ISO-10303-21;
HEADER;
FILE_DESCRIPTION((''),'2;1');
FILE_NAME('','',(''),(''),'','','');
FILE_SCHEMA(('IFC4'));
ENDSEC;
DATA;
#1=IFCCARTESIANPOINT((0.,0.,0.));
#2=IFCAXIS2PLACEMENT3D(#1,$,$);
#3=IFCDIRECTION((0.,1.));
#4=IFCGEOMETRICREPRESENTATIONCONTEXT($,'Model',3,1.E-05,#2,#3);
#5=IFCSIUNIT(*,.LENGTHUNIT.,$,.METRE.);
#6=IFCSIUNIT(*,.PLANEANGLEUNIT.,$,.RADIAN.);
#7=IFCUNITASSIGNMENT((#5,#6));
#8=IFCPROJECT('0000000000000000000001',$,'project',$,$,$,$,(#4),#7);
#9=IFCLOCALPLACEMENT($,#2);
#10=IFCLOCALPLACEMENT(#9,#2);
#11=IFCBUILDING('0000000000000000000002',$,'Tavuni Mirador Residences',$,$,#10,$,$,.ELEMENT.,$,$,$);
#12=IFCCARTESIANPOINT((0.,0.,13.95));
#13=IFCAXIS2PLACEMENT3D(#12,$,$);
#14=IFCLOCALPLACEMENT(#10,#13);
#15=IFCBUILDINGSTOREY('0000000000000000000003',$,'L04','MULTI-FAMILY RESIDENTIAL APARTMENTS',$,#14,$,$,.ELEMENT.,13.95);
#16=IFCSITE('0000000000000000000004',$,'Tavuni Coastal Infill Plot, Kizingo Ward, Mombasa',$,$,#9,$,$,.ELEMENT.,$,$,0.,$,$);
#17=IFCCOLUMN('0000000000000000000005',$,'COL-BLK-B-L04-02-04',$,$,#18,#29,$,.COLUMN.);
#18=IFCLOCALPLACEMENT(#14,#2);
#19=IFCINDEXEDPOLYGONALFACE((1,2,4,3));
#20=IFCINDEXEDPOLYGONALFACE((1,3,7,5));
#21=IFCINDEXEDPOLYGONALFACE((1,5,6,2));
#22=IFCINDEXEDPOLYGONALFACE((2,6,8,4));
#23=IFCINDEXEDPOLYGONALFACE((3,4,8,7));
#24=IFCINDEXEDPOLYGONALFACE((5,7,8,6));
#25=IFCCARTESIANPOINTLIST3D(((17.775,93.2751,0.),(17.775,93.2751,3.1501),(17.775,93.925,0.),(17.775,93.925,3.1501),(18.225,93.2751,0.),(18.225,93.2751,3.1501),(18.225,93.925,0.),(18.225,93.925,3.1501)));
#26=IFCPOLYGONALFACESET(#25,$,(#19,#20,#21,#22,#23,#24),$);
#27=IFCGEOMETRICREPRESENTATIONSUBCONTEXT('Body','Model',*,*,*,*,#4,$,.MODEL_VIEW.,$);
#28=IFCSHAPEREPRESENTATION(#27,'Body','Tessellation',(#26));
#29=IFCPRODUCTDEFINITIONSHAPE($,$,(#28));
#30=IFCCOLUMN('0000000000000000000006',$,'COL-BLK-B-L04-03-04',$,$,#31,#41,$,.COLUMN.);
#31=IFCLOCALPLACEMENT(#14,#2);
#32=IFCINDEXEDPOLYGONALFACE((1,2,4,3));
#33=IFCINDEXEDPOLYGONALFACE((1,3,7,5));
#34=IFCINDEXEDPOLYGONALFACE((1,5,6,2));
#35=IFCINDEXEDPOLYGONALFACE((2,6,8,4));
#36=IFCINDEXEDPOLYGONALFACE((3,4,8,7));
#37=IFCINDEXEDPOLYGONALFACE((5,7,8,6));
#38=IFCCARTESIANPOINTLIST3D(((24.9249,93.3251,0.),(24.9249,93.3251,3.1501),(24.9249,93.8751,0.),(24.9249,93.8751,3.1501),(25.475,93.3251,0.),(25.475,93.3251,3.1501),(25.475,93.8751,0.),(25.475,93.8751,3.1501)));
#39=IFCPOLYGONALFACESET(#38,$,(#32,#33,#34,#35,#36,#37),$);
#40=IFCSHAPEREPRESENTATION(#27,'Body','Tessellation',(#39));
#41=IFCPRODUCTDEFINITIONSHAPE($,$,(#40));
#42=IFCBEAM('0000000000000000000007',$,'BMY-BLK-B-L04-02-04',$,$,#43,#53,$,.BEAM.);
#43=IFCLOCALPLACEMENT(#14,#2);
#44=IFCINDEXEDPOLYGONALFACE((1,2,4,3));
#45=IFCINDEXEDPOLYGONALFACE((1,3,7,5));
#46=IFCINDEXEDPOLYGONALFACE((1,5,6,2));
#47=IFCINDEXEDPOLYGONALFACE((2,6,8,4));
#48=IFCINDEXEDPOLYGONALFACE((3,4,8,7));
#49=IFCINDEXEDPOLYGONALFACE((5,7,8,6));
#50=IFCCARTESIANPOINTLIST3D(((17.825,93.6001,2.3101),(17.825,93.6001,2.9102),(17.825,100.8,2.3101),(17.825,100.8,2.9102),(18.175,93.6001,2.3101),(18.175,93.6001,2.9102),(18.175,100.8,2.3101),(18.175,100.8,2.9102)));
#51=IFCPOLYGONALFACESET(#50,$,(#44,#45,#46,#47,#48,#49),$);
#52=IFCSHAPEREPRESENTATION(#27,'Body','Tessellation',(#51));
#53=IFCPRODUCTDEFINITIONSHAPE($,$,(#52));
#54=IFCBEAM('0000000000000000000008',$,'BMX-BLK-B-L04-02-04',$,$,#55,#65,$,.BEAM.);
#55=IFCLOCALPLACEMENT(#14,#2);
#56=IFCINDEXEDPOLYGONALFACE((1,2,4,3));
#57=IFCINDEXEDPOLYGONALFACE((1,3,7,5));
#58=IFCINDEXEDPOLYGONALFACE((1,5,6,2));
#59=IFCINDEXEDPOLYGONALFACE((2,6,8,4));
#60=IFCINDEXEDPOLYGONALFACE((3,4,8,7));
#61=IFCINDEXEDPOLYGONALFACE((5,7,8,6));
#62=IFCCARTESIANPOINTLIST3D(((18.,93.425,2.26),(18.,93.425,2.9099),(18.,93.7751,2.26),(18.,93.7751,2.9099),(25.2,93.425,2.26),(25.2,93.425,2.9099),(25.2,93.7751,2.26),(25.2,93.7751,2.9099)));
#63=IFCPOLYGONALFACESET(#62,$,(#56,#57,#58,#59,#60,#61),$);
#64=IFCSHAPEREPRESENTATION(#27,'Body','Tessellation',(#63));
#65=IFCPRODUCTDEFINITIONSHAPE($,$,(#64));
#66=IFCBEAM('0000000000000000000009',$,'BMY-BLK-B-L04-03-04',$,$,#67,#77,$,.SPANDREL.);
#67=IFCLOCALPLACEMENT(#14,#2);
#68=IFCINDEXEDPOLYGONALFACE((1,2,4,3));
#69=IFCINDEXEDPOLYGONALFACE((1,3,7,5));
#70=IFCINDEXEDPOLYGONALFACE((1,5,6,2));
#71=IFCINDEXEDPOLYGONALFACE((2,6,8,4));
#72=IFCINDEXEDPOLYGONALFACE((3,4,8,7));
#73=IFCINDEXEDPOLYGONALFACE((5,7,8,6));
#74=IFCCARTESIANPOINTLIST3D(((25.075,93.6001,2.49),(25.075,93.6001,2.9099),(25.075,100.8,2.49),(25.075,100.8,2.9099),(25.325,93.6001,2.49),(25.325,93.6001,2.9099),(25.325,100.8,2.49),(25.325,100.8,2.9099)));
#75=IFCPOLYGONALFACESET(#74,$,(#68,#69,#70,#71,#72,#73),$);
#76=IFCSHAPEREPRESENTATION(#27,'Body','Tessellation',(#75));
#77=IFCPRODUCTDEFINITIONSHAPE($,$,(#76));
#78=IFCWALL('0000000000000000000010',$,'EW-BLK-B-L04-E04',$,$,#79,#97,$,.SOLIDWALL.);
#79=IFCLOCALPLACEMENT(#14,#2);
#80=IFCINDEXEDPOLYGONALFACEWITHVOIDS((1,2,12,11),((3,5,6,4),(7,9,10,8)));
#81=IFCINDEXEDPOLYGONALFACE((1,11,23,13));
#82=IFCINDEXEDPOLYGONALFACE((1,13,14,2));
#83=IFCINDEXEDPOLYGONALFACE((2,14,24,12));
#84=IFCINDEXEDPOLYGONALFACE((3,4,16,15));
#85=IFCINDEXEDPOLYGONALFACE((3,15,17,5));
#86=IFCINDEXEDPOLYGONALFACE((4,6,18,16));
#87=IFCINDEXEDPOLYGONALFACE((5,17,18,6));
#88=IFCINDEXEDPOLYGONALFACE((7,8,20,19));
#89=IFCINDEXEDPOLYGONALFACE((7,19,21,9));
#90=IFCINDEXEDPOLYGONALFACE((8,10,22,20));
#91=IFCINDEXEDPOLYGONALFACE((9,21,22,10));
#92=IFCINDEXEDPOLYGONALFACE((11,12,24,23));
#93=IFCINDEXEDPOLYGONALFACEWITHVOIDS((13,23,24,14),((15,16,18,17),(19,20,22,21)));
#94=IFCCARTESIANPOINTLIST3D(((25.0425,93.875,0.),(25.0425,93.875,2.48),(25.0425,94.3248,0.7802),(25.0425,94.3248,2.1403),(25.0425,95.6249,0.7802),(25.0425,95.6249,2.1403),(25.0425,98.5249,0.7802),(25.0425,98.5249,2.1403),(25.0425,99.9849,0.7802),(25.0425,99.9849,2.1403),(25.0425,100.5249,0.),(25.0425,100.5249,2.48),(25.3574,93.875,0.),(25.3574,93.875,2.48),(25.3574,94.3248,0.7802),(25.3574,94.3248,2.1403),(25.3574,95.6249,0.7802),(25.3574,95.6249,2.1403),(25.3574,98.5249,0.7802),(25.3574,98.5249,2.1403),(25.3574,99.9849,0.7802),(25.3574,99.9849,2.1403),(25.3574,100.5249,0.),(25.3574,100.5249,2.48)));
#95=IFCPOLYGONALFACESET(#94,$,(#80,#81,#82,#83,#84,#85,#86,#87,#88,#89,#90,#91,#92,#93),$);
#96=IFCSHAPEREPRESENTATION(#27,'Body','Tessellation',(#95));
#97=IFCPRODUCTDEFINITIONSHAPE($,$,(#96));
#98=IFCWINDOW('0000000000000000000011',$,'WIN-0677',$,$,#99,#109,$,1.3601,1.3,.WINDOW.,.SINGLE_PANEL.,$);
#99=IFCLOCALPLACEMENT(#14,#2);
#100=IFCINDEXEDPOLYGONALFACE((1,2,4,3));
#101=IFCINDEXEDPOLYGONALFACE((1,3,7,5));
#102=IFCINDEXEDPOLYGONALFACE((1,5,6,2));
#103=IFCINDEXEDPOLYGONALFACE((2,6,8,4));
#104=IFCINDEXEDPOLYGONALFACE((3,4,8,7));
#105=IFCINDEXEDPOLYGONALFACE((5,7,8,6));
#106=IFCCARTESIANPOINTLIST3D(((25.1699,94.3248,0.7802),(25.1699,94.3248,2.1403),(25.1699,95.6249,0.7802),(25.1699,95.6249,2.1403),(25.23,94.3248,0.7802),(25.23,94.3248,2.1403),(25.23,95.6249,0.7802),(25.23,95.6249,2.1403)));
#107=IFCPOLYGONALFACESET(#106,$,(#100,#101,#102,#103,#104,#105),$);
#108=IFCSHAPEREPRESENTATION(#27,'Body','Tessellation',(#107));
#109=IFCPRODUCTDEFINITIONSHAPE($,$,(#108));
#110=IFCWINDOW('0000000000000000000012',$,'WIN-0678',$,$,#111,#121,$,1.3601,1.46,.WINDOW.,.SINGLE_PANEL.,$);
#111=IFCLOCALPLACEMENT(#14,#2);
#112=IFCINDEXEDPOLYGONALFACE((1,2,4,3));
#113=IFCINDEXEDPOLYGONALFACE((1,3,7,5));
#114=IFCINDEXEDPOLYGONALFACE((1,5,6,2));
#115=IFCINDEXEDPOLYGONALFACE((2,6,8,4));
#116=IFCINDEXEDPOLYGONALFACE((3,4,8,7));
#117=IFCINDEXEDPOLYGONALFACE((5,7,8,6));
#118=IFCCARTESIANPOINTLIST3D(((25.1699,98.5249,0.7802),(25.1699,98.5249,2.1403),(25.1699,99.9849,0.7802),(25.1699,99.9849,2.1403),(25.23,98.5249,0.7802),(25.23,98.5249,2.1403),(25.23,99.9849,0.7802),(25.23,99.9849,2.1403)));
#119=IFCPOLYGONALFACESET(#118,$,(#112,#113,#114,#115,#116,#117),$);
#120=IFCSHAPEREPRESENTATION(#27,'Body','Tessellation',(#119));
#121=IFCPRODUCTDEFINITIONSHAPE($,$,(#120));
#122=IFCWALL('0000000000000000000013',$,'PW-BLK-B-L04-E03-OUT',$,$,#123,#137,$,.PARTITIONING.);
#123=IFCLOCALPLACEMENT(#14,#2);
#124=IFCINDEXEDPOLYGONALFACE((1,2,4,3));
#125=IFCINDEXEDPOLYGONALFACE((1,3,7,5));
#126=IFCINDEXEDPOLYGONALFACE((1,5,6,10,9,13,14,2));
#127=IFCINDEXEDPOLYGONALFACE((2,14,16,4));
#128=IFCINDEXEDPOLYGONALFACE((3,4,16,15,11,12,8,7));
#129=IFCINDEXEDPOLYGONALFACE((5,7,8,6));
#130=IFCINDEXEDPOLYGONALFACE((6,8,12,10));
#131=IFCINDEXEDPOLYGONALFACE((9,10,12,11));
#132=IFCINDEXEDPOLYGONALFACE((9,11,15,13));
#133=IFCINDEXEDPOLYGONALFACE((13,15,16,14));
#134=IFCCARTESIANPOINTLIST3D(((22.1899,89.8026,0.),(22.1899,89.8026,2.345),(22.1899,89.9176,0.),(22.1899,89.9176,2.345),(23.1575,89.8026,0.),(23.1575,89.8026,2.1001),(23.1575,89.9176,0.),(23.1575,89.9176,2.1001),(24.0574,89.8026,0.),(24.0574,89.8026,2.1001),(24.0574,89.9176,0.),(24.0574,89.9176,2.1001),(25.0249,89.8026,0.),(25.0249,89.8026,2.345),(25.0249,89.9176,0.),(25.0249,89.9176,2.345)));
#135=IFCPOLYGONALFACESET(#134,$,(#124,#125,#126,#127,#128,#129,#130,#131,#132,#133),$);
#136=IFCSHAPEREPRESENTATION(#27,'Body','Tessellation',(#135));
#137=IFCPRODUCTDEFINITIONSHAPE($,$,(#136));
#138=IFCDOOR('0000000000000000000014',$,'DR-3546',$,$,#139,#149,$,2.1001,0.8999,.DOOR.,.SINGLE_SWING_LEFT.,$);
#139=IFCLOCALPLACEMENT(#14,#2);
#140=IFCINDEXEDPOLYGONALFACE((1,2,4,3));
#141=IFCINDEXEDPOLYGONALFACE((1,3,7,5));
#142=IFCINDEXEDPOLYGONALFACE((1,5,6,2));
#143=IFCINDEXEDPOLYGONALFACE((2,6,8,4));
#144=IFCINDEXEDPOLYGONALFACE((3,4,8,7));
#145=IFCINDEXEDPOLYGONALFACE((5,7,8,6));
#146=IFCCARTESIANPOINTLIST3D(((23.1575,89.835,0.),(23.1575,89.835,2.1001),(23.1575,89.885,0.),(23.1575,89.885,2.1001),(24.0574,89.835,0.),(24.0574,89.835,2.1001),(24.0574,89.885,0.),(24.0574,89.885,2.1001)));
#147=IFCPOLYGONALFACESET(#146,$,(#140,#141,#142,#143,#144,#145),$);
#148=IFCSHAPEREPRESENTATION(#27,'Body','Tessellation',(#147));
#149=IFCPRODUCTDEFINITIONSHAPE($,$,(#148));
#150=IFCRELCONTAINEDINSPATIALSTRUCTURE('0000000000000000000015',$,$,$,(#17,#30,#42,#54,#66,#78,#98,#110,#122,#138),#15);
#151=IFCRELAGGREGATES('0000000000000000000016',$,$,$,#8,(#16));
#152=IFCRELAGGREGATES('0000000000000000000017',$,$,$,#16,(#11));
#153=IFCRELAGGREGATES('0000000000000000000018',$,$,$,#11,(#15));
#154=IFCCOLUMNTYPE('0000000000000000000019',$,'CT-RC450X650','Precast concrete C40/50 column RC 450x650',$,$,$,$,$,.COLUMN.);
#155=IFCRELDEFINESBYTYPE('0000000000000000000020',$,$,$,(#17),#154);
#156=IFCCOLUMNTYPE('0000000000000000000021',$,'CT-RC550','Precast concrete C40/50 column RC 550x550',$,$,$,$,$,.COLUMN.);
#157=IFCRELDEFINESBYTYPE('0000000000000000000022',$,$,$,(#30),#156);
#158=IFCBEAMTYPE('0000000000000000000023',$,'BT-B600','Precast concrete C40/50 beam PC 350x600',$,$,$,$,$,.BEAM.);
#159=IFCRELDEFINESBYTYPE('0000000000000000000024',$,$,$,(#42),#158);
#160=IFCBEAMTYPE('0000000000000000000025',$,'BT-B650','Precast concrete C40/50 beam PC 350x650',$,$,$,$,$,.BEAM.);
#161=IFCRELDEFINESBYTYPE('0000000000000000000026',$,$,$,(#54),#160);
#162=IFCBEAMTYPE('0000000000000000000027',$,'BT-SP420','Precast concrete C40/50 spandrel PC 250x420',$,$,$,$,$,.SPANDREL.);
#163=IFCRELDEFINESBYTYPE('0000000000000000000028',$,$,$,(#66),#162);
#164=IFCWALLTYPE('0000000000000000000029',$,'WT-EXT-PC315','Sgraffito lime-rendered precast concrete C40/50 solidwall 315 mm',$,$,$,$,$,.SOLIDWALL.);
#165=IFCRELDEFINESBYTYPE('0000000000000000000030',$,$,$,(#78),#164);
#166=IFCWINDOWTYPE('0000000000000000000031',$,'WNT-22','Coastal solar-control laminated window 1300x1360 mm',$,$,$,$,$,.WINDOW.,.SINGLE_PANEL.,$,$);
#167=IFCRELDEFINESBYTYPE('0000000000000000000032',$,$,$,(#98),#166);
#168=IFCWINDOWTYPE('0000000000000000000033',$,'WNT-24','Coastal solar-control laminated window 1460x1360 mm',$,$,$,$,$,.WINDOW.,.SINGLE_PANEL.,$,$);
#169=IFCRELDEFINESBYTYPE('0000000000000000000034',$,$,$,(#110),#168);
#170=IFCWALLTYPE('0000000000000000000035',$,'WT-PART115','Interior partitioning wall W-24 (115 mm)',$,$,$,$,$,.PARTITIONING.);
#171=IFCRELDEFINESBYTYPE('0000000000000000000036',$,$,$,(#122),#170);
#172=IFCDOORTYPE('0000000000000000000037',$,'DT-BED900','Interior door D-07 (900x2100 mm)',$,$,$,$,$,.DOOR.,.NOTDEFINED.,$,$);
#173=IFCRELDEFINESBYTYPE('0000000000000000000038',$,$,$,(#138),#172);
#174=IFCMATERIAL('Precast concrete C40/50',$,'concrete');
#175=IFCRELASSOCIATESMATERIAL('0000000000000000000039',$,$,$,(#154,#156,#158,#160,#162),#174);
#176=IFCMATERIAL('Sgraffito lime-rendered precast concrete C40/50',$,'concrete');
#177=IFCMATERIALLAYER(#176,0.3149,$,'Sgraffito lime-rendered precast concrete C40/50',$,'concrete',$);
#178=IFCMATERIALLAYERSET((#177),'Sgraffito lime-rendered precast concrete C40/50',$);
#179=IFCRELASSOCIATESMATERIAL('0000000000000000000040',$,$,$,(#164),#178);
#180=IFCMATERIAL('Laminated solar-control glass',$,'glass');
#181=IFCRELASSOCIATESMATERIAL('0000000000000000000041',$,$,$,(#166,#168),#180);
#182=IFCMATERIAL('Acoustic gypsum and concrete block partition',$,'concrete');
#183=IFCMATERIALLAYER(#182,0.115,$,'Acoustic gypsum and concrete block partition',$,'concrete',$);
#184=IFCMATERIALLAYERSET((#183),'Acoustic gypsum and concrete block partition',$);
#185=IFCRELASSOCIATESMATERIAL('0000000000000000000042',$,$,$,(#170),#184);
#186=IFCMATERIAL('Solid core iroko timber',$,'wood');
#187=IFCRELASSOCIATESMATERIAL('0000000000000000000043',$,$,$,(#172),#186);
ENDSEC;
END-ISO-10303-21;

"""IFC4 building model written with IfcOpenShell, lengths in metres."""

from ifc_helpers import new_model, si_unit, direction, frame, frame_2d, origin, origin_2d, place, context, subcontext, project, spatial, rectangle, extrude, material, layer, layer_set, material_profile, profile_set, type_object, element, fill, save


model = new_model("IFC4")

# Units and contexts
model_context = context("Model", 3, precision=1e-05, world=origin(), true_north=direction((0.0, 1.0)))
body_context = subcontext(model_context, "Body", "Model", "MODEL_VIEW")
ifc_project = project(units=[si_unit("LENGTHUNIT", "METRE"), si_unit("PLANEANGLEUNIT", "RADIAN")], contexts=[model_context])

# Site, building, storey
site_placement = place(None, origin())
site = spatial("IfcSite", under=ifc_project, at=site_placement, Name="Tavuni Coastal Infill Plot, Kizingo Ward, Mombasa", CompositionType="ELEMENT", RefElevation=0.0)
building_placement = place(site_placement, origin())
building = spatial("IfcBuilding", under=site, at=building_placement, Name="Tavuni Mirador Residences", CompositionType="ELEMENT")
storey_placement = place(building_placement, frame((0.0, 0.0, 13.95)))
storey = spatial("IfcBuildingStorey", under=building, at=storey_placement, Name="L04", Description="MULTI-FAMILY RESIDENTIAL APARTMENTS", CompositionType="ELEMENT", Elevation=13.95)

# Columns
ifc_material_1 = material(Name="Precast concrete C40/50", Category="concrete")
ifc_material_profile_1 = material_profile(ifc_material_1, rectangle(XDim=0.45, YDim=0.6499, at=origin_2d()), Name="RC 450x650", Category="concrete")
ifc_profile_set_1 = profile_set([ifc_material_profile_1], Name="Precast concrete C40/50")
column_type_1 = type_object("IfcColumnType", Name="CT-RC450X650", Description="Precast concrete C40/50 column RC 450x650", PredefinedType="COLUMN", material=ifc_profile_set_1)
column_1_placement = place(storey_placement, frame((18.0, 93.6001, 0.0), z_axis=(0.0, 0.0, 1.0), x_axis=(1.0, 0.0, 0.0)))
element("IfcColumn", 1, at=column_1_placement, inside=storey, type_object=column_type_1, Name="COL-BLK-B-L04-02-04", PredefinedType="COLUMN", context=body_context, shape_type="SweptSolid", body=[
    extrude(rectangle(XDim=0.45, YDim=0.6499, at=origin_2d()), origin(), (0.0, 0.0, 1.0), 3.1501),
])
ifc_material_profile_2 = material_profile(ifc_material_1, rectangle(XDim=0.55, YDim=0.55, at=origin_2d()), Name="RC 550x550", Category="concrete")
ifc_profile_set_2 = profile_set([ifc_material_profile_2], Name="Precast concrete C40/50")
column_type_2 = type_object("IfcColumnType", Name="CT-RC550", Description="Precast concrete C40/50 column RC 550x550", PredefinedType="COLUMN", material=ifc_profile_set_2)
column_2_placement = place(storey_placement, frame((25.2, 93.6001, 0.0), z_axis=(0.0, 0.0, 1.0), x_axis=(1.0, 0.0, 0.0)))
element("IfcColumn", 2, at=column_2_placement, inside=storey, type_object=column_type_2, Name="COL-BLK-B-L04-03-04", PredefinedType="COLUMN", context=body_context, shape_type="SweptSolid", body=[
    extrude(rectangle(XDim=0.55, YDim=0.55, at=origin_2d()), origin(), (0.0, 0.0, 1.0), 3.1501),
])

# Beams
ifc_material_profile_3 = material_profile(ifc_material_1, rectangle(XDim=0.3501, YDim=0.6001, at=origin_2d()), Name="PC 350x600", Category="concrete")
ifc_profile_set_3 = profile_set([ifc_material_profile_3], Name="Precast concrete C40/50")
beam_type_1 = type_object("IfcBeamType", Name="BT-B600", Description="Precast concrete C40/50 beam PC 350x600", PredefinedType="BEAM", material=ifc_profile_set_3)
beam_1_placement = place(storey_placement, frame((18.0, 93.6001, 2.6101), z_axis=(0.0, 1.0, 0.0), x_axis=(-1.0, 0.0, 0.0)))
element("IfcBeam", 3, at=beam_1_placement, inside=storey, type_object=beam_type_1, Name="BMY-BLK-B-L04-02-04", PredefinedType="BEAM", context=body_context, shape_type="SweptSolid", body=[
    extrude(rectangle(XDim=0.3501, YDim=0.6001, at=origin_2d()), origin(), (0.0, 0.0, 1.0), 7.2),
])
ifc_material_profile_4 = material_profile(ifc_material_1, rectangle(XDim=0.3501, YDim=0.6499, at=origin_2d()), Name="PC 350x650", Category="concrete")
ifc_profile_set_4 = profile_set([ifc_material_profile_4], Name="Precast concrete C40/50")
beam_type_2 = type_object("IfcBeamType", Name="BT-B650", Description="Precast concrete C40/50 beam PC 350x650", PredefinedType="BEAM", material=ifc_profile_set_4)
beam_2_placement = place(storey_placement, frame((18.0, 93.6001, 2.585), z_axis=(1.0, 0.0, 0.0), x_axis=(0.0, 1.0, 0.0)))
element("IfcBeam", 4, at=beam_2_placement, inside=storey, type_object=beam_type_2, Name="BMX-BLK-B-L04-02-04", PredefinedType="BEAM", context=body_context, shape_type="SweptSolid", body=[
    extrude(rectangle(XDim=0.3501, YDim=0.6499, at=origin_2d()), origin(), (0.0, 0.0, 1.0), 7.2),
])
ifc_material_profile_5 = material_profile(ifc_material_1, rectangle(XDim=0.25, YDim=0.4199, at=origin_2d()), Name="PC 250x420", Category="concrete")
ifc_profile_set_5 = profile_set([ifc_material_profile_5], Name="Precast concrete C40/50")
beam_type_3 = type_object("IfcBeamType", Name="BT-SP420", Description="Precast concrete C40/50 spandrel PC 250x420", PredefinedType="SPANDREL", material=ifc_profile_set_5)
beam_3_placement = place(storey_placement, frame((25.2, 93.6001, 2.7), z_axis=(0.0, 1.0, 0.0), x_axis=(-1.0, 0.0, 0.0)))
element("IfcBeam", 5, at=beam_3_placement, inside=storey, type_object=beam_type_3, Name="BMY-BLK-B-L04-03-04", PredefinedType="SPANDREL", context=body_context, shape_type="SweptSolid", body=[
    extrude(rectangle(XDim=0.25, YDim=0.4199, at=origin_2d()), origin(), (0.0, 0.0, 1.0), 7.2),
])

# Shared definitions
ifc_material_2 = material(Name="Solid core iroko timber", Category="wood")

# Wall, openings, windows
ifc_material_3 = material(Name="Sgraffito lime-rendered precast concrete C40/50", Category="concrete")
ifc_layer_1 = layer(ifc_material_3, 0.3149, Name="Sgraffito lime-rendered precast concrete C40/50", Category="concrete")
ifc_layer_set_1 = layer_set([ifc_layer_1], Name="Sgraffito lime-rendered precast concrete C40/50")
wall_type_1 = type_object("IfcWallType", Name="WT-EXT-PC315", Description="Sgraffito lime-rendered precast concrete C40/50 solidwall 315 mm", PredefinedType="SOLIDWALL", material=ifc_layer_set_1)
wall_1_placement = place(storey_placement, frame((25.2, 93.875, 0.0), z_axis=(0.0, 0.0, 1.0), x_axis=(0.0, 1.0, 0.0)))
wall_1 = element("IfcWall", 6, at=wall_1_placement, inside=storey, type_object=wall_type_1, Name="EW-BLK-B-L04-E04", PredefinedType="SOLIDWALL", context=body_context, shape_type="SweptSolid", body=[
    extrude(rectangle(XDim=6.6499, YDim=0.3149, at=frame_2d((3.325, 0.0))), origin(), (0.0, 0.0, 1.0), 2.48),
])
opening_1_placement = place(wall_1_placement, frame((0.45, 0.0, 0.78)))
opening_1 = element("IfcOpeningElement", 7, at=opening_1_placement, cuts=wall_1, PredefinedType="OPENING", context=body_context, shape_type="SweptSolid", body=[
    extrude(rectangle(XDim=1.3, YDim=1.3601, at=frame_2d((0.6499, 0.6802))), frame((0.0, 0.1675, 0.0), z_axis=(0.0, -1.0, 0.0), x_axis=(1.0, 0.0, 0.0)), (0.0, 0.0, 1.0), 0.335),
])
opening_2_placement = place(wall_1_placement, frame((4.6499, 0.0, 0.78)))
opening_2 = element("IfcOpeningElement", 8, at=opening_2_placement, cuts=wall_1, PredefinedType="OPENING", context=body_context, shape_type="SweptSolid", body=[
    extrude(rectangle(XDim=1.46, YDim=1.3601, at=frame_2d((0.73, 0.6802))), frame((0.0, 0.1675, 0.0), z_axis=(0.0, -1.0, 0.0), x_axis=(1.0, 0.0, 0.0)), (0.0, 0.0, 1.0), 0.335),
])
ifc_material_4 = material(Name="Laminated solar-control glass", Category="glass")
window_type_1 = type_object("IfcWindowType", Name="WNT-22", Description="Coastal solar-control laminated window 1300x1360 mm", PartitioningType="SINGLE_PANEL", PredefinedType="WINDOW", material=ifc_material_4)
window_1_placement = place(opening_1_placement, origin())
window_1 = element("IfcWindow", 9, at=window_1_placement, inside=storey, type_object=window_type_1, Name="WIN-0677", OverallHeight=1.3601, OverallWidth=1.3, PartitioningType="SINGLE_PANEL", PredefinedType="WINDOW", context=body_context, shape_type="SweptSolid", body=[
    extrude(rectangle(XDim=1.3, YDim=1.3601, at=frame_2d((0.6499, 0.6802))), frame((0.0, 0.03, 0.0), z_axis=(0.0, -1.0, 0.0), x_axis=(1.0, 0.0, 0.0)), (0.0, 0.0, 1.0), 0.0601),
])
fill(opening_1, window_1)
window_type_2 = type_object("IfcWindowType", Name="WNT-24", Description="Coastal solar-control laminated window 1460x1360 mm", PartitioningType="SINGLE_PANEL", PredefinedType="WINDOW", material=ifc_material_4)
window_2_placement = place(opening_2_placement, origin())
window_2 = element("IfcWindow", 10, at=window_2_placement, inside=storey, type_object=window_type_2, Name="WIN-0678", OverallHeight=1.3601, OverallWidth=1.46, PartitioningType="SINGLE_PANEL", PredefinedType="WINDOW", context=body_context, shape_type="SweptSolid", body=[
    extrude(rectangle(XDim=1.46, YDim=1.3601, at=frame_2d((0.73, 0.6802))), frame((0.0, 0.03, 0.0), z_axis=(0.0, -1.0, 0.0), x_axis=(1.0, 0.0, 0.0)), (0.0, 0.0, 1.0), 0.0601),
])
fill(opening_2, window_2)

# Wall, opening, door
ifc_material_5 = material(Name="Acoustic gypsum and concrete block partition", Category="concrete")
ifc_layer_2 = layer(ifc_material_5, 0.115, Name="Acoustic gypsum and concrete block partition", Category="concrete")
ifc_layer_set_2 = layer_set([ifc_layer_2], Name="Acoustic gypsum and concrete block partition")
wall_type_2 = type_object("IfcWallType", Name="WT-PART115", Description="Interior partitioning wall W-24 (115 mm)", PredefinedType="PARTITIONING", material=ifc_layer_set_2)
wall_2_placement = place(storey_placement, frame((22.1899, 89.8601, 0.0), z_axis=(0.0, 0.0, 1.0), x_axis=(1.0, 0.0, 0.0)))
wall_2 = element("IfcWall", 11, at=wall_2_placement, inside=storey, type_object=wall_type_2, Name="PW-BLK-B-L04-E03-OUT", PredefinedType="PARTITIONING", context=body_context, shape_type="SweptSolid", body=[
    extrude(rectangle(XDim=2.835, YDim=0.115, at=frame_2d((1.4175, 0.0))), origin(), (0.0, 0.0, 1.0), 2.345),
])
opening_3_placement = place(wall_2_placement, frame((0.9675, 0.0, 0.0)))
opening_3 = element("IfcOpeningElement", 12, at=opening_3_placement, cuts=wall_2, PredefinedType="OPENING", context=body_context, shape_type="SweptSolid", body=[
    extrude(rectangle(XDim=0.8999, YDim=2.1001, at=frame_2d((0.45, 1.05))), frame((0.0, 0.0674, 0.0), z_axis=(0.0, -1.0, 0.0), x_axis=(1.0, 0.0, 0.0)), (0.0, 0.0, 1.0), 0.135),
])
door_type_1 = type_object("IfcDoorType", Name="DT-BED900", Description="Interior door D-07 (900x2100 mm)", OperationType="NOTDEFINED", PredefinedType="DOOR", material=ifc_material_2)
door_1_placement = place(opening_3_placement, origin())
door_1 = element("IfcDoor", 13, at=door_1_placement, inside=storey, type_object=door_type_1, Name="DR-3546", OperationType="SINGLE_SWING_LEFT", OverallHeight=2.1001, OverallWidth=0.8999, PredefinedType="DOOR", context=body_context, shape_type="SweptSolid", body=[
    extrude(rectangle(XDim=0.8999, YDim=2.1001, at=frame_2d((0.45, 1.05))), frame((0.0, 0.0249, 0.0), z_axis=(0.0, -1.0, 0.0), x_axis=(1.0, 0.0, 0.0)), (0.0, 0.0, 1.0), 0.05),
])
fill(opening_3, door_1)

save(model, "model.ifc")
